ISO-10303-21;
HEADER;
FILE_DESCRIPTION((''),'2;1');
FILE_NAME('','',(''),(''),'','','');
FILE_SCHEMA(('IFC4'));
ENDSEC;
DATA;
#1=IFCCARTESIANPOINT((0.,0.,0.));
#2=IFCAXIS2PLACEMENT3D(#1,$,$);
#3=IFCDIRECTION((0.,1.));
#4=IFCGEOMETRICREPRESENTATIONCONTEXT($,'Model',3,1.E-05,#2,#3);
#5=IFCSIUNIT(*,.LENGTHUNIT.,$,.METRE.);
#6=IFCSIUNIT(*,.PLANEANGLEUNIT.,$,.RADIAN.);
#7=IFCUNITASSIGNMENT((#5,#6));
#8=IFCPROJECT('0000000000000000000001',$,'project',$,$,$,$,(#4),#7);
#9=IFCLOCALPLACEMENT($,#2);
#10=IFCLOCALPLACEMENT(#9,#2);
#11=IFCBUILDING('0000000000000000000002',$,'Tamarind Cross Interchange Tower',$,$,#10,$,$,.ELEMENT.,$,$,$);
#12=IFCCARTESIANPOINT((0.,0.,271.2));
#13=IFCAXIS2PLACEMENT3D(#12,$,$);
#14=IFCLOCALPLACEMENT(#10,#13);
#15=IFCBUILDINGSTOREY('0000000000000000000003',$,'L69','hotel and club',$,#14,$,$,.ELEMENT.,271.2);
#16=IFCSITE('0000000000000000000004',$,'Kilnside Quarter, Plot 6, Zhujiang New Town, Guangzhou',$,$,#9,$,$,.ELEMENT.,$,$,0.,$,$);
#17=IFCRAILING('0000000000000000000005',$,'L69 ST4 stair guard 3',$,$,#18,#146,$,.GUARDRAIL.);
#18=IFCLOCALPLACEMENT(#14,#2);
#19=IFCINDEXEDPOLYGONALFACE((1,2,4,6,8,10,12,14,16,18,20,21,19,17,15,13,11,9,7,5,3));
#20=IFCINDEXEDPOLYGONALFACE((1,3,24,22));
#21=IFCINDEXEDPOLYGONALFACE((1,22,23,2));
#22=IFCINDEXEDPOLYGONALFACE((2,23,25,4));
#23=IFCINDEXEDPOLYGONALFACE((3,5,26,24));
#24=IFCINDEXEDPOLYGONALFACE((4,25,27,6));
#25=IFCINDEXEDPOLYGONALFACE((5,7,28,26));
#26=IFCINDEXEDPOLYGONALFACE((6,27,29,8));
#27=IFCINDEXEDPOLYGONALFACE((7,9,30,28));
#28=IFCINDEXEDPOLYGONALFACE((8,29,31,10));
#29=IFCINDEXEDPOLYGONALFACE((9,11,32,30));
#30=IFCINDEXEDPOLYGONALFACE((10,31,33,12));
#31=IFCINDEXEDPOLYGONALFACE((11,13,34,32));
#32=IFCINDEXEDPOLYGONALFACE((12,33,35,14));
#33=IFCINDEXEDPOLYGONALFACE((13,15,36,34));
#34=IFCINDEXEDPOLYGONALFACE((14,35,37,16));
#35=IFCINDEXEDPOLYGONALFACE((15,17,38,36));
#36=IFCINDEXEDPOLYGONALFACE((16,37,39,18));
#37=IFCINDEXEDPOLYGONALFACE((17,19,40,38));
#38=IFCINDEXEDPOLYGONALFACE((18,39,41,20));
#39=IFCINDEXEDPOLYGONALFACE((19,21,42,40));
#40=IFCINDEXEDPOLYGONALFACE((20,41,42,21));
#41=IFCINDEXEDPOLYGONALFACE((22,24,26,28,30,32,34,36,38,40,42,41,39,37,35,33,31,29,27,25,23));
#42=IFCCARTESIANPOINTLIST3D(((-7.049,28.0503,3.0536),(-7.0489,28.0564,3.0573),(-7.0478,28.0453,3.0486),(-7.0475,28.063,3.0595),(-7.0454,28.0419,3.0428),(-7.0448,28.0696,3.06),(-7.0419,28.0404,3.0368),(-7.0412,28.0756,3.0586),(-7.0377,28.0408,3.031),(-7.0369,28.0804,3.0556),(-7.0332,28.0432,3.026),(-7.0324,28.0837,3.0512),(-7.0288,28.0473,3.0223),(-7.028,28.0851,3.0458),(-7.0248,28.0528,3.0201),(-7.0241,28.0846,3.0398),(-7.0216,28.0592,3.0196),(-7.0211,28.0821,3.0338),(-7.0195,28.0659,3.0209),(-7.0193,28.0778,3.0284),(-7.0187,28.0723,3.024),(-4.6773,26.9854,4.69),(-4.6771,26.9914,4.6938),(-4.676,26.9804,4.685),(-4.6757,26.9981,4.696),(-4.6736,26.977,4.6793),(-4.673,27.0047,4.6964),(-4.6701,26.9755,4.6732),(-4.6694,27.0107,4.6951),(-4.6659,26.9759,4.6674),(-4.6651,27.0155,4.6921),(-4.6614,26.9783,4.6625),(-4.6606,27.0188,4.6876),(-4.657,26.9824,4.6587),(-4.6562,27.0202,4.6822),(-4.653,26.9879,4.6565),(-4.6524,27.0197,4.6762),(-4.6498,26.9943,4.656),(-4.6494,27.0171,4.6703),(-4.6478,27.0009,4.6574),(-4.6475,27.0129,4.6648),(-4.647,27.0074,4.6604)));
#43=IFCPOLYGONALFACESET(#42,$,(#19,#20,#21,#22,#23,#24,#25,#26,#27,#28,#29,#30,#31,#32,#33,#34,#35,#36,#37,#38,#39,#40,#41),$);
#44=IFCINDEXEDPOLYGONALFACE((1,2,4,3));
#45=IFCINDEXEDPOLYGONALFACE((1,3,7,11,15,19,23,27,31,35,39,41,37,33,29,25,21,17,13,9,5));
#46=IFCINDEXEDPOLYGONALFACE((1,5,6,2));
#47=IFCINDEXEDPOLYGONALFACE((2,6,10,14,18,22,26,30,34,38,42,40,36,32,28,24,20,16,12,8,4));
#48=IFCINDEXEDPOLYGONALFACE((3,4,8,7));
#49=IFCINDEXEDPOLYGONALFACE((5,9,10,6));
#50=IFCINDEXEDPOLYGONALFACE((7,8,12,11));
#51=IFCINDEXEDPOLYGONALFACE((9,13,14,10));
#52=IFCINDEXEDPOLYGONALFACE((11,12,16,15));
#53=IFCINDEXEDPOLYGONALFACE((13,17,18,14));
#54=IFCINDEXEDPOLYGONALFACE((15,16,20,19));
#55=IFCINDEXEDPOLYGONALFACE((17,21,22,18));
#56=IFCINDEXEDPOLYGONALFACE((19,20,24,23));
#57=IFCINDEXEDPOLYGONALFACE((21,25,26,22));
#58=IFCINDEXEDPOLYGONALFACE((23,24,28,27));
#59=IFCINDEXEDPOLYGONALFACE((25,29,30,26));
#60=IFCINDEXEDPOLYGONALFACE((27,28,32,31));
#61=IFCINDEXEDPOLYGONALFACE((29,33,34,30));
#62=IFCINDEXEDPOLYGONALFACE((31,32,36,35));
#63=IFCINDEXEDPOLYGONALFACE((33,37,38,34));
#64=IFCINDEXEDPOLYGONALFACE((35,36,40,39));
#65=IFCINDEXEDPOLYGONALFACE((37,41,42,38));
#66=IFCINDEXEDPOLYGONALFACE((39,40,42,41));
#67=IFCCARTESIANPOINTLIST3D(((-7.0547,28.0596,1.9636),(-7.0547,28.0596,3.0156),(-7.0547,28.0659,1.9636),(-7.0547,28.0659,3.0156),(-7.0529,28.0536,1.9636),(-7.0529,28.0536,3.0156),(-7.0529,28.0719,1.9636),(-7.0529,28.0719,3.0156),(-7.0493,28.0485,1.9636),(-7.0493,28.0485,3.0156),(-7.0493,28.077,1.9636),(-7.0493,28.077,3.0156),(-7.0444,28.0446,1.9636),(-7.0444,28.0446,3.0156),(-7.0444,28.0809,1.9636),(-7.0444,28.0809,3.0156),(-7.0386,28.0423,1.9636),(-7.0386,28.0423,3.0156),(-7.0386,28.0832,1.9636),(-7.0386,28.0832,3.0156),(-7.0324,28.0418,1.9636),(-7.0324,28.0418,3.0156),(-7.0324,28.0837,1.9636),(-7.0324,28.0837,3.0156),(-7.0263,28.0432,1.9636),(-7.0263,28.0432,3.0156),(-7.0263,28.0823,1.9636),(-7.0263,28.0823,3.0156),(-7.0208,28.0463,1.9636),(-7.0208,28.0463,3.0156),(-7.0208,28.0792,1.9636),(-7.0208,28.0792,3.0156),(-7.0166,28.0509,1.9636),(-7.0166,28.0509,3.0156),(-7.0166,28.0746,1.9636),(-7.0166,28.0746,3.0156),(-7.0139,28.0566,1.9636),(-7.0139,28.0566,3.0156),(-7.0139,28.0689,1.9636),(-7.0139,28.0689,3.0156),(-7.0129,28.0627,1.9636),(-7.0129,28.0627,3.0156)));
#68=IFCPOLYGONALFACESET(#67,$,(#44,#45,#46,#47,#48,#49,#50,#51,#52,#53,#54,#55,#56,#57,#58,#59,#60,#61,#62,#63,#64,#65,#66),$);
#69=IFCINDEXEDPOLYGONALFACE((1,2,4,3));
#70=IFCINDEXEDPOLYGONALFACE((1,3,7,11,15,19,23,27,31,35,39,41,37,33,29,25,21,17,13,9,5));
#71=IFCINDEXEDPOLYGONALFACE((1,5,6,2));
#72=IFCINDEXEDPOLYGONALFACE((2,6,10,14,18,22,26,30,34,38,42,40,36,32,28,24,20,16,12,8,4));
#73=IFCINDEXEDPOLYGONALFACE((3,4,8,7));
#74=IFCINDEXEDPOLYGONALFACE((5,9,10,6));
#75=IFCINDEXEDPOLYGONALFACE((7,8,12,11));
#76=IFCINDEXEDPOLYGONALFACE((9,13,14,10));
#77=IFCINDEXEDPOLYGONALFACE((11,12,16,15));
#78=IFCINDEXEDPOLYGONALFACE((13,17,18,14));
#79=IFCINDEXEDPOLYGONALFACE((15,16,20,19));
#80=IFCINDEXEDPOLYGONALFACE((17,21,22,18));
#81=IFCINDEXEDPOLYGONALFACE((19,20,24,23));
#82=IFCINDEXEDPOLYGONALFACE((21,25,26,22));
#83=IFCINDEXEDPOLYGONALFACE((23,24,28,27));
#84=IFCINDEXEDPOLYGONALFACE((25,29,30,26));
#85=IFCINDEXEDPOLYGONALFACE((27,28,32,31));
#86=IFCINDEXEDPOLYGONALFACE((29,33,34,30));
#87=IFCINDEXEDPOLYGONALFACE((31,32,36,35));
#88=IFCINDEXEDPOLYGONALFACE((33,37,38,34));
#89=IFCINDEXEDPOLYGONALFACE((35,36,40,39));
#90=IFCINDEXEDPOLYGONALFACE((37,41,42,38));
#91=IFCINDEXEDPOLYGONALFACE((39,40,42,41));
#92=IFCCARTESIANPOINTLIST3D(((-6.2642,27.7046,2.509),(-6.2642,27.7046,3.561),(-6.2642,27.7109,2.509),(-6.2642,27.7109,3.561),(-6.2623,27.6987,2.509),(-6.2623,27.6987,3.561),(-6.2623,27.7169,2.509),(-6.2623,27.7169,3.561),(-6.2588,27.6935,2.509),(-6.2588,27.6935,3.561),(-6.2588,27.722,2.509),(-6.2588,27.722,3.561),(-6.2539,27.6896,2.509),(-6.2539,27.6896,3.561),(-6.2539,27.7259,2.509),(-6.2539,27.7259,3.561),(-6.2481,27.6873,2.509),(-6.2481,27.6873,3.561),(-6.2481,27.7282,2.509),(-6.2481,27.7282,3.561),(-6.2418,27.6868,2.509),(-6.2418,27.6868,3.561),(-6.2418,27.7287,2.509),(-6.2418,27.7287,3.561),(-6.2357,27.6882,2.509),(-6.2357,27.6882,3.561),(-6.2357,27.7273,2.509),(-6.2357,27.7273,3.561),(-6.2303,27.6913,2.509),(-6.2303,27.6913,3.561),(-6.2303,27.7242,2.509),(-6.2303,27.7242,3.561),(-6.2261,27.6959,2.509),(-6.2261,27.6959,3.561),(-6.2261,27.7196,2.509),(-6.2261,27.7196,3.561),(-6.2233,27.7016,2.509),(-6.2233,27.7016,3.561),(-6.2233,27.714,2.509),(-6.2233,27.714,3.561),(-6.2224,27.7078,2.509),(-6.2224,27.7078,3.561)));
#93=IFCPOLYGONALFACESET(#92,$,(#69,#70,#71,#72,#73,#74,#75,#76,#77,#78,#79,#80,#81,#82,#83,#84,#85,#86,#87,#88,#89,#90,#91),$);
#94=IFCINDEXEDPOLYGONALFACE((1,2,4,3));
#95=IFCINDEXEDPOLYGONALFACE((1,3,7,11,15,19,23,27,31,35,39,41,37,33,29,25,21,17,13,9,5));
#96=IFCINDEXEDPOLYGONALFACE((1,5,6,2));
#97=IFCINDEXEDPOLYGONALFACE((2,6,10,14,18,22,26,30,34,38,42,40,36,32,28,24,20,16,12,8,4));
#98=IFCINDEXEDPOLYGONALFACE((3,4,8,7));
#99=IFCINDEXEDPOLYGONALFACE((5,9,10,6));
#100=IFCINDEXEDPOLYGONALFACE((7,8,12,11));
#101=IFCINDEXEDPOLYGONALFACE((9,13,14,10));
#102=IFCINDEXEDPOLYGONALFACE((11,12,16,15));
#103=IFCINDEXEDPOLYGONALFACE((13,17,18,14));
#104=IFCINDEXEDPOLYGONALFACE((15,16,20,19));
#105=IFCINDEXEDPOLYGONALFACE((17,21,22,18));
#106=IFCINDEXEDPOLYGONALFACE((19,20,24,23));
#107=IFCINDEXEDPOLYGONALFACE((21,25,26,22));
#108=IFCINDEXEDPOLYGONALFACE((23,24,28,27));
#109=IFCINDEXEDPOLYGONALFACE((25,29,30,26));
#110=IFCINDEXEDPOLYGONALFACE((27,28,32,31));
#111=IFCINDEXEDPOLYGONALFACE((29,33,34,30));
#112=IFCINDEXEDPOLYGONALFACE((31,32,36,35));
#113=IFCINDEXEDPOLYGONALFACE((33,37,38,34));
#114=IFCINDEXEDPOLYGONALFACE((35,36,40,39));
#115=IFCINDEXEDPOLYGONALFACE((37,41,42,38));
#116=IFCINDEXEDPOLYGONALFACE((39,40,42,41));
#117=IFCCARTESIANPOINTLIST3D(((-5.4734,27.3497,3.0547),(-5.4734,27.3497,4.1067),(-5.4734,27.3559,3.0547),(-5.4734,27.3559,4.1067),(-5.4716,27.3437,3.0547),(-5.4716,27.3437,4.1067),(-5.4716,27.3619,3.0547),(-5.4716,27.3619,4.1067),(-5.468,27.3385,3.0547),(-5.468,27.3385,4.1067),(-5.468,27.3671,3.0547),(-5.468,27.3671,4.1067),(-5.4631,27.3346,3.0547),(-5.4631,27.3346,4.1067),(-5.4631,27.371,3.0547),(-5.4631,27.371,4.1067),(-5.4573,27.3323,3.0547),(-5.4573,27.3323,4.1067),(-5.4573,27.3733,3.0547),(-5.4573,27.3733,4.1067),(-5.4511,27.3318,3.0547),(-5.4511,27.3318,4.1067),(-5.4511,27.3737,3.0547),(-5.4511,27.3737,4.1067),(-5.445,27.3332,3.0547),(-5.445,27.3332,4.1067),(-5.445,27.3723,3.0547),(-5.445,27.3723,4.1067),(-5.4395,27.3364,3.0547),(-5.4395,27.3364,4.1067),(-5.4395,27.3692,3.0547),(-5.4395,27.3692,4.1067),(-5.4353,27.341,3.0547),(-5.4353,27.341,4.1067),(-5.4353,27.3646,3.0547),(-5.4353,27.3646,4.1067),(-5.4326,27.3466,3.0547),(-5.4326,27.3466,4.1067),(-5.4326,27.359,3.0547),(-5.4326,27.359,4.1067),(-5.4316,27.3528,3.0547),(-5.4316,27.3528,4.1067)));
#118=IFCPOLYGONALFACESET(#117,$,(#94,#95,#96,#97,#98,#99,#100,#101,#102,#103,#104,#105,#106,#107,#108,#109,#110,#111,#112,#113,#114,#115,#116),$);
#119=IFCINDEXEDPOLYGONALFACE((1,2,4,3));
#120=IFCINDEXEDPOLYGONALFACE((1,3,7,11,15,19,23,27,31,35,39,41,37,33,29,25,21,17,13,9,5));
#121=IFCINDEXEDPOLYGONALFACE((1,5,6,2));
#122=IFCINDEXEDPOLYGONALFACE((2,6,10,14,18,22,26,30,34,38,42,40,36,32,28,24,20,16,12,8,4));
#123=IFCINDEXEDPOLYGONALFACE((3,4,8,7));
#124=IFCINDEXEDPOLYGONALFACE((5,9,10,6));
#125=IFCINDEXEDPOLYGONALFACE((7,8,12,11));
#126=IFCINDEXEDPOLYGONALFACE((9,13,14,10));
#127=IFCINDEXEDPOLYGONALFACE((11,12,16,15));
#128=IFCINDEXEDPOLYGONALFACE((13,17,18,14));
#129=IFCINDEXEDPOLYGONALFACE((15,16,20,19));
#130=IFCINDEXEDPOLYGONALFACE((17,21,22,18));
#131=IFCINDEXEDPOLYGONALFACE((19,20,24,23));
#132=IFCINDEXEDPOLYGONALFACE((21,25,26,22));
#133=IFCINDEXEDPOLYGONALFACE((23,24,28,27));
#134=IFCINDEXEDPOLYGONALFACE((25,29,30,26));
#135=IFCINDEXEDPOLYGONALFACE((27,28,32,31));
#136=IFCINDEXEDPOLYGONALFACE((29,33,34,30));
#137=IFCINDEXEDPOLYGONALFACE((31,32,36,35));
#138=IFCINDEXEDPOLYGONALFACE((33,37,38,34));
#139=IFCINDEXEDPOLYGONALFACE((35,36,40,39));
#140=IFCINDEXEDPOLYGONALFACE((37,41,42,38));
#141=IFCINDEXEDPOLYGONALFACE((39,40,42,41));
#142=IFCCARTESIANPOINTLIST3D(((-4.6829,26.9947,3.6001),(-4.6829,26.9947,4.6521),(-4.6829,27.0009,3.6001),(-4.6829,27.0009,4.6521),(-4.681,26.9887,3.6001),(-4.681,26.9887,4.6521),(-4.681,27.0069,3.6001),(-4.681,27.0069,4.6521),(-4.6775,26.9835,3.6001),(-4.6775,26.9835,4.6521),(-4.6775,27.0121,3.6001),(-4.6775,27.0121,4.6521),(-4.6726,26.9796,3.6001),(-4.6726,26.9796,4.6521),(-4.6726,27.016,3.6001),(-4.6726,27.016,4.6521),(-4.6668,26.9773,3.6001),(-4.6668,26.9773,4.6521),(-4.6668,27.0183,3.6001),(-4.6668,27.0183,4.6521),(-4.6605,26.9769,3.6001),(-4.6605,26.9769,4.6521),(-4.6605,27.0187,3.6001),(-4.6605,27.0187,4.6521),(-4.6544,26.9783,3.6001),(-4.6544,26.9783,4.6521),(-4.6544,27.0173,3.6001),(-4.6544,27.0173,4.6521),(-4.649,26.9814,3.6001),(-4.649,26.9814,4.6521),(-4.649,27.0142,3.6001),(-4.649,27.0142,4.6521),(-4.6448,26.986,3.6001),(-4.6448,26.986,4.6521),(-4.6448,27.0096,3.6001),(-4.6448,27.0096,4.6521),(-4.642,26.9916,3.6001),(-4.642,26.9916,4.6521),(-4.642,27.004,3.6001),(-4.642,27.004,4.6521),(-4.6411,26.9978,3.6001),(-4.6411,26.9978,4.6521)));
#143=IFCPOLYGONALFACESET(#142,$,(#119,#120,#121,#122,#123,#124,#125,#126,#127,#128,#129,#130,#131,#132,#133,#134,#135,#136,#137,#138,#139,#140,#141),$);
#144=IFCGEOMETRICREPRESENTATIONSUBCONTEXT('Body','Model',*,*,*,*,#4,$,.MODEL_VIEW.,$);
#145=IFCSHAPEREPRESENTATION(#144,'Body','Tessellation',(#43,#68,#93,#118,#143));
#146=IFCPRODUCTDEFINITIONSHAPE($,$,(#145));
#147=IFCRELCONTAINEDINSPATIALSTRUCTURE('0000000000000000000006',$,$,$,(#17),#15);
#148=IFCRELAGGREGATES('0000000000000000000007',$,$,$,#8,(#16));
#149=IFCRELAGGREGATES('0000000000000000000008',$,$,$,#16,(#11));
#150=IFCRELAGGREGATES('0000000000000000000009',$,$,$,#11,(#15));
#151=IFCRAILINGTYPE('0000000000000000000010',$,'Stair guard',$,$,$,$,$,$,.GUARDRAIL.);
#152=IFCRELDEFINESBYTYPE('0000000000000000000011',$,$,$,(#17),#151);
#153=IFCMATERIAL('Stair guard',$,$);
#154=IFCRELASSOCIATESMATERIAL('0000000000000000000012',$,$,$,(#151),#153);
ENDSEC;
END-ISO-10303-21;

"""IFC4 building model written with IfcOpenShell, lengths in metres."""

from ifc_helpers import new_model, si_unit, direction, frame, origin, origin_2d, place, context, subcontext, project, spatial, circle, extrude, material, type_object, element, save


model = new_model("IFC4")

# Units and contexts
model_context = context("Model", 3, precision=1e-05, world=origin(), true_north=direction((0.0, 1.0)))
body_context = subcontext(model_context, "Body", "Model", "MODEL_VIEW")
ifc_project = project(units=[si_unit("LENGTHUNIT", "METRE"), si_unit("PLANEANGLEUNIT", "RADIAN")], contexts=[model_context])

# Site, building, storey
site_placement = place(None, origin())
site = spatial("IfcSite", under=ifc_project, at=site_placement, Name="Kilnside Quarter, Plot 6, Zhujiang New Town, Guangzhou", CompositionType="ELEMENT", RefElevation=0.0)
building_placement = place(site_placement, origin())
building = spatial("IfcBuilding", under=site, at=building_placement, Name="Tamarind Cross Interchange Tower", CompositionType="ELEMENT")
storey_placement = place(building_placement, frame((0.0, 0.0, 271.2)))
storey = spatial("IfcBuildingStorey", under=building, at=storey_placement, Name="L69", Description="hotel and club", CompositionType="ELEMENT", Elevation=271.2)

# Railing
ifc_material_1 = material(Name="Stair guard")
railing_type_1 = type_object("IfcRailingType", Name="Stair guard", PredefinedType="GUARDRAIL", material=ifc_material_1)
railing_1_placement = place(storey_placement, frame((-7.0339, 28.0627, 1.9636)))
element("IfcRailing", 1, at=railing_1_placement, inside=storey, type_object=railing_type_1, Name="L69 ST4 stair guard 3", PredefinedType="GUARDRAIL", context=body_context, shape_type="SweptSolid", body=[
    extrude(circle(Radius=0.0239, at=origin_2d()), frame((0.0, 0.0, 1.0762), z_axis=(0.772057, -0.346651, 0.532692), x_axis=(0.409603, 0.912264, 0.0)), (0.0, 0.0, 1.0), 3.072),
    extrude(circle(Radius=0.021, at=origin_2d()), origin(), (0.0, 0.0, 1.0), 1.052),
    extrude(circle(Radius=0.021, at=origin_2d()), frame((0.7905, -0.355, 0.5454)), (0.0, 0.0, 1.0), 1.052),
    extrude(circle(Radius=0.021, at=origin_2d()), frame((1.5813, -0.71, 1.0911)), (0.0, 0.0, 1.0), 1.052),
    extrude(circle(Radius=0.021, at=origin_2d()), frame((2.3718, -1.0649, 1.6365)), (0.0, 0.0, 1.0), 1.052),
])

save(model, "model.ifc")
